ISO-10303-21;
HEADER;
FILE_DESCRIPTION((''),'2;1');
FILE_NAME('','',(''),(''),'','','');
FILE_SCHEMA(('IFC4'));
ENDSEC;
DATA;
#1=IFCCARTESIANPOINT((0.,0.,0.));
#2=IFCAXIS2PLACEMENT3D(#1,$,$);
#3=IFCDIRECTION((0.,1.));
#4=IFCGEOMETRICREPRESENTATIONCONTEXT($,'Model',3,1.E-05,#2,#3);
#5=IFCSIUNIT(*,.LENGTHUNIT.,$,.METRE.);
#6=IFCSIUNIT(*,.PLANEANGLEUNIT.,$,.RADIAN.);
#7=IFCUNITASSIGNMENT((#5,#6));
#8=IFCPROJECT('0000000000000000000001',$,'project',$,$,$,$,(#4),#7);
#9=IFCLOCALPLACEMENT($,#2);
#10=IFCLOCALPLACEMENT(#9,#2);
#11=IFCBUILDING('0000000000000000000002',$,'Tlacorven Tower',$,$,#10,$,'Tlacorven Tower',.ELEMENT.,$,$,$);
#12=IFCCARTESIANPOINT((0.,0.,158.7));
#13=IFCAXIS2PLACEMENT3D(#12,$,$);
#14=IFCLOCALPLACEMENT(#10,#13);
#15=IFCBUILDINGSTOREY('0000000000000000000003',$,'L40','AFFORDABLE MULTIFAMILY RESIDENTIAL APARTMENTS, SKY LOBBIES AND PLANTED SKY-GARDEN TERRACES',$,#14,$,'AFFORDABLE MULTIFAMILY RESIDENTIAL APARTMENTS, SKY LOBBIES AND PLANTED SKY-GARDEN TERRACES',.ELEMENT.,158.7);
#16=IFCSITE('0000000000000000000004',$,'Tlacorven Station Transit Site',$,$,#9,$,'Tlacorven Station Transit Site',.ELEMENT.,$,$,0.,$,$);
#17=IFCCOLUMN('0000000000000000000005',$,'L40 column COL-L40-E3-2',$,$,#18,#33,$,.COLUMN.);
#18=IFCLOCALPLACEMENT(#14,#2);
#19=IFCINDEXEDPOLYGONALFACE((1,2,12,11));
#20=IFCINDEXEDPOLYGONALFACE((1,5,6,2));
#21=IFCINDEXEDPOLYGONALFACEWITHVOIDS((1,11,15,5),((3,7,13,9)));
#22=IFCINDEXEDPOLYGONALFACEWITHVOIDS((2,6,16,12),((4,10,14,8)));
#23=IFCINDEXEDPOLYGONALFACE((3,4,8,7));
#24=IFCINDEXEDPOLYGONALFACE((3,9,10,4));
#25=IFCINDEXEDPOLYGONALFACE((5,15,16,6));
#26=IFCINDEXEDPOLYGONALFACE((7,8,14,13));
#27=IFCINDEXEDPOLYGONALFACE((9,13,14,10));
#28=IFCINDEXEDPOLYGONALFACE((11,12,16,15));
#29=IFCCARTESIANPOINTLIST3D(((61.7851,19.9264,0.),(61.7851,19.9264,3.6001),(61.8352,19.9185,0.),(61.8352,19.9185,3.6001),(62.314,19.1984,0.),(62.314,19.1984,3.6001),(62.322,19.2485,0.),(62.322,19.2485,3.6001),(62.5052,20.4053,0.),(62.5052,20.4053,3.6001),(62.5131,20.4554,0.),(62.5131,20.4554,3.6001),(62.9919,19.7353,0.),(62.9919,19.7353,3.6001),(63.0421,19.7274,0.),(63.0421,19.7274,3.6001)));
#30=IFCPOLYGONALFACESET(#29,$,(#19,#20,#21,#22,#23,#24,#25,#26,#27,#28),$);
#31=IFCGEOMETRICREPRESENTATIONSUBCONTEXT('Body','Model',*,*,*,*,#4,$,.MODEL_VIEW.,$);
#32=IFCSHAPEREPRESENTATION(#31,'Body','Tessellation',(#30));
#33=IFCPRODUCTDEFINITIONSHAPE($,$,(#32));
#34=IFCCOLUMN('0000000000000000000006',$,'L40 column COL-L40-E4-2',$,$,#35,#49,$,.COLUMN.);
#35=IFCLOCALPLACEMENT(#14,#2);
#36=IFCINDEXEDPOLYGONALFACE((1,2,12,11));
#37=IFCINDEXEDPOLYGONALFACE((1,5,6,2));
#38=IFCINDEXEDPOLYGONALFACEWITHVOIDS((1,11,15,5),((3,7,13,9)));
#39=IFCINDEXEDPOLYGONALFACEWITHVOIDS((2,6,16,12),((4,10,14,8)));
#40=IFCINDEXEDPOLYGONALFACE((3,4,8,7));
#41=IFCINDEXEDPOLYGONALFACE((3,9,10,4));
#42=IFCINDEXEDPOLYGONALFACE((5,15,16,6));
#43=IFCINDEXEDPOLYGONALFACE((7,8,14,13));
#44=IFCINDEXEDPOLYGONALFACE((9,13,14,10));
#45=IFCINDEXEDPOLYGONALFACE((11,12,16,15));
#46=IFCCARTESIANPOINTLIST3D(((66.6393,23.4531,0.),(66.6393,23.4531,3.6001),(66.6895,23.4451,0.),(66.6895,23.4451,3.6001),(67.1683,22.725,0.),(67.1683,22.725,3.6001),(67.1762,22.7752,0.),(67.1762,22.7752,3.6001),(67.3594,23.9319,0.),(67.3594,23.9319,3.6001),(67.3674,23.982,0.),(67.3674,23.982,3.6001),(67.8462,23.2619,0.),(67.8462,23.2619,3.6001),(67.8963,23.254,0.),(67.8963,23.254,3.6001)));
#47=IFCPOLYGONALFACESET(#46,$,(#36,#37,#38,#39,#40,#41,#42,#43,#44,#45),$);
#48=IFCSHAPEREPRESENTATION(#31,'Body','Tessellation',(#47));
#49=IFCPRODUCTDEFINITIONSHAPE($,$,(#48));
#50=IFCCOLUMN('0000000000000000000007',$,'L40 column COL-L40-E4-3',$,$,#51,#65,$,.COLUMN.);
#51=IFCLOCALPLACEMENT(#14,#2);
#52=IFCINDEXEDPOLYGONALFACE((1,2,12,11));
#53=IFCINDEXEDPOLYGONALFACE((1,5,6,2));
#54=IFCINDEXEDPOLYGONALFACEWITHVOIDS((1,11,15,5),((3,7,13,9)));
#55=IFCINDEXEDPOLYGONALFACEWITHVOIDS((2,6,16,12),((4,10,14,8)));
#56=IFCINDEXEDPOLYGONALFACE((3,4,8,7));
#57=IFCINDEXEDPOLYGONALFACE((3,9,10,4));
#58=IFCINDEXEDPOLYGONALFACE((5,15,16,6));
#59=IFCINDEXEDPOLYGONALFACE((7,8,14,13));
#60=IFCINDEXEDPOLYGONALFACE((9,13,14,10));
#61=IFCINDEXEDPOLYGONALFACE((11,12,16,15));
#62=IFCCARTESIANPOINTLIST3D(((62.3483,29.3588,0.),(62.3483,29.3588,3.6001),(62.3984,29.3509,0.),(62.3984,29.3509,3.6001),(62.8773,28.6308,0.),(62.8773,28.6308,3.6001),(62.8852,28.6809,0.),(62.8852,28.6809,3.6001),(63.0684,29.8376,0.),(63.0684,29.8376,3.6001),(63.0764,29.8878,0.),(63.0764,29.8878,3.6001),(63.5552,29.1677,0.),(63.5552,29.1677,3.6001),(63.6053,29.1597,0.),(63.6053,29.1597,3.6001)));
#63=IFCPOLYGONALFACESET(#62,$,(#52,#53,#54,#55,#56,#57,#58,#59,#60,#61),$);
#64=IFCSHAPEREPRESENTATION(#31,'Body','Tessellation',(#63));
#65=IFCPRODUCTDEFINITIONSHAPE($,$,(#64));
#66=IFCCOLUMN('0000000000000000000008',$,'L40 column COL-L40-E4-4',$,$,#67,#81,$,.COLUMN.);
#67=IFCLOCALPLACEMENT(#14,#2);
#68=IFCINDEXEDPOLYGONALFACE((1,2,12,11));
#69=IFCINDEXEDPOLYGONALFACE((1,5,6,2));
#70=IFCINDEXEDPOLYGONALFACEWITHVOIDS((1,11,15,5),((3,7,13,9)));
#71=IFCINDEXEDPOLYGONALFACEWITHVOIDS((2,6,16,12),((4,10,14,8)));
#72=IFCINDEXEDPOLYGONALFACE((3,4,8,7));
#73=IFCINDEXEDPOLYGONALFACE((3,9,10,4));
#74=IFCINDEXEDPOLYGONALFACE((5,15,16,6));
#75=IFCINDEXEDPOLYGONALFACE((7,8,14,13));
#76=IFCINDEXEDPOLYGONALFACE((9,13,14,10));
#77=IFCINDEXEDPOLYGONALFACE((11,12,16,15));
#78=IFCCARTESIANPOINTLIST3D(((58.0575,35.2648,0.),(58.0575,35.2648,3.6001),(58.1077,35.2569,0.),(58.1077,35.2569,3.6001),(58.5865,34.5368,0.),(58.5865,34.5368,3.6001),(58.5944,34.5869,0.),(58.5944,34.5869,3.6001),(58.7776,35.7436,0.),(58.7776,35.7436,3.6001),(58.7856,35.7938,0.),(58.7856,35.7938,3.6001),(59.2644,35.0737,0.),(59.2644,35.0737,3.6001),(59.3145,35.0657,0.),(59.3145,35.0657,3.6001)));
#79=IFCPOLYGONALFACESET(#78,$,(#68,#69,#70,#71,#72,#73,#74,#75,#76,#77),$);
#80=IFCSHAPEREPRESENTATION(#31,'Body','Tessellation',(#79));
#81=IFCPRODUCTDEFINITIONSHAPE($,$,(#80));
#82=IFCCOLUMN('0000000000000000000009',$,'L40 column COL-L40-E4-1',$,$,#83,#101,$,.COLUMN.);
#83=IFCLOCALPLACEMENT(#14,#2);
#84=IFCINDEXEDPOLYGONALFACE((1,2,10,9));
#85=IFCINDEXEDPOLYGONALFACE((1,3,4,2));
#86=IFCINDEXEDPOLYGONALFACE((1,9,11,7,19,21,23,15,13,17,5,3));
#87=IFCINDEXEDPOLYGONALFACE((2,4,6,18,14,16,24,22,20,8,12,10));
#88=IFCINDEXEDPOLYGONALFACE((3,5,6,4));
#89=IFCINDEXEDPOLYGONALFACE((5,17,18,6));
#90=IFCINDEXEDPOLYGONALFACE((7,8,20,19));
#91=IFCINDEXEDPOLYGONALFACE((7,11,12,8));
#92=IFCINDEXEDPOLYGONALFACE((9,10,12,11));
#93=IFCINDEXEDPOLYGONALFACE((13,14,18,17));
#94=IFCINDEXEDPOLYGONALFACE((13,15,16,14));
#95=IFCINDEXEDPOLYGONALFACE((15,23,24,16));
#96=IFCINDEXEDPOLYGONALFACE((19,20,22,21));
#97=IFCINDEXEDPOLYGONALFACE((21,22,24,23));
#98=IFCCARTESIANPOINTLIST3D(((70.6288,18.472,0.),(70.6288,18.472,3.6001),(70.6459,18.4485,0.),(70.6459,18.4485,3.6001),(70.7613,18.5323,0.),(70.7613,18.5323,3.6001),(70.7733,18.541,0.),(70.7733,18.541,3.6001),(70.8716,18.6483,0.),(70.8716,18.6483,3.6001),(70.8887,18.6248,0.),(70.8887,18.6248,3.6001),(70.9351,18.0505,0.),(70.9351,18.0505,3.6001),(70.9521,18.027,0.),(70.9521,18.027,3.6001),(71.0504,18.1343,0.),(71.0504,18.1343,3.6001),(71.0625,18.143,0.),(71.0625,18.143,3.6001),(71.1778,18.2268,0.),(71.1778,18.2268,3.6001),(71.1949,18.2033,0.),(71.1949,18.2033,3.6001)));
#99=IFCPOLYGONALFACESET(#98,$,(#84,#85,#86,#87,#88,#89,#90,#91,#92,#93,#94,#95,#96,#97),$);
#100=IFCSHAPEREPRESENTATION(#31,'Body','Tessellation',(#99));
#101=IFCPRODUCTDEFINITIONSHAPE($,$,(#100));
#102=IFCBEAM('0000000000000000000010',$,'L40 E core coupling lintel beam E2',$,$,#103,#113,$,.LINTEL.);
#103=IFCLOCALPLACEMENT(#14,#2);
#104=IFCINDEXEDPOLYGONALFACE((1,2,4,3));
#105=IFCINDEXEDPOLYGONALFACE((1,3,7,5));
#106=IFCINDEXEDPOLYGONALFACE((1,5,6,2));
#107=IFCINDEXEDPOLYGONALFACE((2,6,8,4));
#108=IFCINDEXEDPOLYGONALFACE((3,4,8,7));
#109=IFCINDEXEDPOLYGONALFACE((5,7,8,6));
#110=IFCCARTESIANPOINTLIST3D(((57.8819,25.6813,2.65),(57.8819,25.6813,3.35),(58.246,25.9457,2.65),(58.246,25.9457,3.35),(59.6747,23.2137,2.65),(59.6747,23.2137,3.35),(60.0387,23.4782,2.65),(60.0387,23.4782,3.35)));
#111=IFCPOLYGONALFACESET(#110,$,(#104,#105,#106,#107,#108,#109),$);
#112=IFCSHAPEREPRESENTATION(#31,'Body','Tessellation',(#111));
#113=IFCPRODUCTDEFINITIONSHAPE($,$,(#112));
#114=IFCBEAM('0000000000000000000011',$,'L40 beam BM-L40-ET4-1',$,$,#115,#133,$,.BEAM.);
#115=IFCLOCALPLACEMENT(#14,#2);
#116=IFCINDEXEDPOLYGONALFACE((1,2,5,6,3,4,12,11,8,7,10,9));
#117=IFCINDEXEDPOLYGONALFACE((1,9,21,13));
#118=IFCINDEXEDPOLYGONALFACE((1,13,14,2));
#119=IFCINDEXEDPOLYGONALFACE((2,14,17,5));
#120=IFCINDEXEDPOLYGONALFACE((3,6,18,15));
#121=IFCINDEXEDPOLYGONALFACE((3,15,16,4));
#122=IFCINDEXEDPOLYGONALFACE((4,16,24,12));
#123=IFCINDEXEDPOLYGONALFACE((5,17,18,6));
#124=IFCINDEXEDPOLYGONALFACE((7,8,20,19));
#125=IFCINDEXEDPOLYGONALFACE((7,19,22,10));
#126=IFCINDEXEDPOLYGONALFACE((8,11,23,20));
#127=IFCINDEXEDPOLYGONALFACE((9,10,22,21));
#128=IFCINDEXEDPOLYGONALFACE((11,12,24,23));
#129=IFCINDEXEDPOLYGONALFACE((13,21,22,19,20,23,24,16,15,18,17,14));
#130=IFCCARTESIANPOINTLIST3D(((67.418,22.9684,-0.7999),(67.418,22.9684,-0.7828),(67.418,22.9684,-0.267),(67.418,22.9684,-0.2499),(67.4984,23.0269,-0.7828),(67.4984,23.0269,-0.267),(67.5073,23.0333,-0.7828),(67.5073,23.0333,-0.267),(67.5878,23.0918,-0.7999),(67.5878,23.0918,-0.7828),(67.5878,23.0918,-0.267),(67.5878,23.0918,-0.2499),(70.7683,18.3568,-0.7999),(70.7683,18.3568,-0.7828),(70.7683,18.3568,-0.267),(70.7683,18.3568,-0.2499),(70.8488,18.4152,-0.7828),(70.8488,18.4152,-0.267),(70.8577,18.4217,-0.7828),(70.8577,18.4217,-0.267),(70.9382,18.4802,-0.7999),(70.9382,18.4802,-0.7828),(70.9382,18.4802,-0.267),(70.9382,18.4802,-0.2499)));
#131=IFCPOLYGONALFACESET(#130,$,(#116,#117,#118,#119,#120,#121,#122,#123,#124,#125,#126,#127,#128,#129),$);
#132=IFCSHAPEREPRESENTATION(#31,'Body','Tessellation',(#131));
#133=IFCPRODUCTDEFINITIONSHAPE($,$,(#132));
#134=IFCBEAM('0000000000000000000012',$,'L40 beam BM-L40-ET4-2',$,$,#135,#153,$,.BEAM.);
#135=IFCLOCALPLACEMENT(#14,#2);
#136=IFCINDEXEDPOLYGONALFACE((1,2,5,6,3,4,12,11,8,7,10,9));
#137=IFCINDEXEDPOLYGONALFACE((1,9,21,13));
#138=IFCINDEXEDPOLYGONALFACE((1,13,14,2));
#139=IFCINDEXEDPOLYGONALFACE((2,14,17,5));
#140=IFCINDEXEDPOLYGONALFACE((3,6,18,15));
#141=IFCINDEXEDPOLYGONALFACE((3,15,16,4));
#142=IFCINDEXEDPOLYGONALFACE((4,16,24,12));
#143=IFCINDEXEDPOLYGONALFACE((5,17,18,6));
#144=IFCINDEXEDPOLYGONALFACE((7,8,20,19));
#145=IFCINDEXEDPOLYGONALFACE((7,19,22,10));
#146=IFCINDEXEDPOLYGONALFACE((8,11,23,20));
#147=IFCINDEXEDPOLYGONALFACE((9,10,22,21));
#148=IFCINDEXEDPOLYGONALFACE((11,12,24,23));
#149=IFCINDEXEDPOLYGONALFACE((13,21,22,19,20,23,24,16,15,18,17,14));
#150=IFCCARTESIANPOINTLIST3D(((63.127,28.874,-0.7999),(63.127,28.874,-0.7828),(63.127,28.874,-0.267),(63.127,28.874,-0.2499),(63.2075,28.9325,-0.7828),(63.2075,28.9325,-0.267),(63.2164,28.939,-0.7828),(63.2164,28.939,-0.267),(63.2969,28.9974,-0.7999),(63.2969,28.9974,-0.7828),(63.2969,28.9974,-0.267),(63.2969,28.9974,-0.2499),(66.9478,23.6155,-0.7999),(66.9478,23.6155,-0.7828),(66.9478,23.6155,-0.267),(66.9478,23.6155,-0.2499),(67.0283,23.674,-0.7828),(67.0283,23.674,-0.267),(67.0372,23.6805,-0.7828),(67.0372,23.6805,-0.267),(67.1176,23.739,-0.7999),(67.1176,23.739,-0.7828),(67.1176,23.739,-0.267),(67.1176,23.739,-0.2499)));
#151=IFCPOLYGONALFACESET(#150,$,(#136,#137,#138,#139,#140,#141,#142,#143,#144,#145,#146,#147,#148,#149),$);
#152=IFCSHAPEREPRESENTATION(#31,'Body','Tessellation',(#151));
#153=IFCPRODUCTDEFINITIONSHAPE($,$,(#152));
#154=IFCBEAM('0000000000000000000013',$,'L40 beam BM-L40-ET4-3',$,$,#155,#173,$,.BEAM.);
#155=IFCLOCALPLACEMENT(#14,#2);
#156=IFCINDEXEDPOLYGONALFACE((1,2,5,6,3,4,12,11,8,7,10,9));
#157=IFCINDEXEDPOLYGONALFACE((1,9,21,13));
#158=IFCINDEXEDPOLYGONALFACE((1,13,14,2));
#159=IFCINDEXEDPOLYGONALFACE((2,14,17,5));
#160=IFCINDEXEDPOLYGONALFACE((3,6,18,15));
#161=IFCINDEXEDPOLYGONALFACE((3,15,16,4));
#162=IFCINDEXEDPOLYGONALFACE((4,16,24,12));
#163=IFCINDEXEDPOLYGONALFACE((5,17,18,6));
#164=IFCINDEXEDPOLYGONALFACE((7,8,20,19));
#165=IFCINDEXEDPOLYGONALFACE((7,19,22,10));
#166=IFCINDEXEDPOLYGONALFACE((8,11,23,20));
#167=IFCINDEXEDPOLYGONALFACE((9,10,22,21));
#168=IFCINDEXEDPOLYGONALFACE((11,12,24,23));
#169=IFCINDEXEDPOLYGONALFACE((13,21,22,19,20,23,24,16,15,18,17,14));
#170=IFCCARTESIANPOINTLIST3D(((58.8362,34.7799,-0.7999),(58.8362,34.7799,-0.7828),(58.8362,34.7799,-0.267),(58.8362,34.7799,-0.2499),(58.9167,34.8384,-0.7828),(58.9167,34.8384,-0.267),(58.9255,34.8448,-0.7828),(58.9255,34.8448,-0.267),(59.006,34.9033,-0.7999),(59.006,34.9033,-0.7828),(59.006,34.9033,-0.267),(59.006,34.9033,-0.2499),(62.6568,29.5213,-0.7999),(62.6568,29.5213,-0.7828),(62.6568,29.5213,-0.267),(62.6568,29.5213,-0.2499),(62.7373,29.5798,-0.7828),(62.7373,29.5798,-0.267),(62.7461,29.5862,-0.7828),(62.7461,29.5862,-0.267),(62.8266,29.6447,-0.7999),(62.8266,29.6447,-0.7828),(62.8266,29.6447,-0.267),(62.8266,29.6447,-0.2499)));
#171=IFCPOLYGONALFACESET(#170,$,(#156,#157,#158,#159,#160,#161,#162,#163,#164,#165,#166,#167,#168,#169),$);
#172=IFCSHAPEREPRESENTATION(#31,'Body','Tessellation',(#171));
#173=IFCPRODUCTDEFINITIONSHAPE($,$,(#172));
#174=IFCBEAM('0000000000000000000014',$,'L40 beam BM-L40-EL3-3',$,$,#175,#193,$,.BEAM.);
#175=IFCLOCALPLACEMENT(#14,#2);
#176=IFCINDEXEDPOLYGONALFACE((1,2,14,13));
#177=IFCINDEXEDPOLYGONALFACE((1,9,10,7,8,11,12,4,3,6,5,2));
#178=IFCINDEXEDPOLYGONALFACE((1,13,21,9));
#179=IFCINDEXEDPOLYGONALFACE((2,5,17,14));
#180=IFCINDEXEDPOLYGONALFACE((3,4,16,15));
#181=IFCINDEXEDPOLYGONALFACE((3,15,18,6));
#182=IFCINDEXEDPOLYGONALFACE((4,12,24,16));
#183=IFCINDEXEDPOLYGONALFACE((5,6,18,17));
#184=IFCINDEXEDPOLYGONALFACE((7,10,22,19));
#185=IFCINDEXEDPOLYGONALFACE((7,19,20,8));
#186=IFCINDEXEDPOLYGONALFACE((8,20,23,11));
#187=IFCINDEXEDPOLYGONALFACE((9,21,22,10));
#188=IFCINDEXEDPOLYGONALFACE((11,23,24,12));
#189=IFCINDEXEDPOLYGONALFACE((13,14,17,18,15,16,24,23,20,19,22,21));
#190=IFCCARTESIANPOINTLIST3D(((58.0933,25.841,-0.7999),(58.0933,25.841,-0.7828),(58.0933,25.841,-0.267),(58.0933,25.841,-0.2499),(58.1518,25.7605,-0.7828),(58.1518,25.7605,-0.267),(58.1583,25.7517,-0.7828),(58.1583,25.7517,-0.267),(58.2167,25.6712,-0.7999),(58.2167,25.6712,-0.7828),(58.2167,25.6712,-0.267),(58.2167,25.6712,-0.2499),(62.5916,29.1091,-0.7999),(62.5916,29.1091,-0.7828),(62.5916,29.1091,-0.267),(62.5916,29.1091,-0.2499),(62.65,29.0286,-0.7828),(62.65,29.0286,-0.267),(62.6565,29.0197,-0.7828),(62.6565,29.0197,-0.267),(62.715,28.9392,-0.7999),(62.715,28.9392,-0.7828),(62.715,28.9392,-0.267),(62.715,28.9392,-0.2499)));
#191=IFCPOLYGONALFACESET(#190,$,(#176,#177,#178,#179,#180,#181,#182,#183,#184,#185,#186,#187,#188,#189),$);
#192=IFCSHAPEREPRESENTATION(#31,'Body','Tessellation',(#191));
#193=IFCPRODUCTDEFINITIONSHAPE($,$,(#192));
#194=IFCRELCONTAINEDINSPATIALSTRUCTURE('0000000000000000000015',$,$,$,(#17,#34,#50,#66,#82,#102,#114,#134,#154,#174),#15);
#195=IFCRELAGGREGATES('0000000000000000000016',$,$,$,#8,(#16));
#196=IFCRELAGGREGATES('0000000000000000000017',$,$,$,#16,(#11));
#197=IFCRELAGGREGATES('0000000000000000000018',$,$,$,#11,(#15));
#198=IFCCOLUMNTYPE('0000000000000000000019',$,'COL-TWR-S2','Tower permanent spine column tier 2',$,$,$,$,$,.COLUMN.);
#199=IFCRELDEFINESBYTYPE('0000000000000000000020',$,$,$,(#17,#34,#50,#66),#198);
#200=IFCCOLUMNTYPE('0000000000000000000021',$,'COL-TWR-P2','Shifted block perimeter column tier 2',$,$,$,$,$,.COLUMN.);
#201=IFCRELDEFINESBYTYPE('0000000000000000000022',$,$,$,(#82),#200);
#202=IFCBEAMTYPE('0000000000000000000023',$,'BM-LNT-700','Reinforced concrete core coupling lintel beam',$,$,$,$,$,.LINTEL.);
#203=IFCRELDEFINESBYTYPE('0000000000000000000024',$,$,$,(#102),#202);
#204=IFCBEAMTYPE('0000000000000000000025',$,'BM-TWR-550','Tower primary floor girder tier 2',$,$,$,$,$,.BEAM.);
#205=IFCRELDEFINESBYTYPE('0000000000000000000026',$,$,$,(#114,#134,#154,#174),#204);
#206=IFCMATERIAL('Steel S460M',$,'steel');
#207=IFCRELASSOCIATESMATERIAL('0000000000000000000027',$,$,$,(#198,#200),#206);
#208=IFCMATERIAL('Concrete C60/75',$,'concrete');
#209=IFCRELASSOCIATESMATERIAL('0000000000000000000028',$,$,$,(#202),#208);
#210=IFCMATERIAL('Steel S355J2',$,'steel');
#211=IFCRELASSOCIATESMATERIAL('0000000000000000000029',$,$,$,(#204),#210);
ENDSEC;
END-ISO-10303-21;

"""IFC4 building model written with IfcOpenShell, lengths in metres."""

from ifc_helpers import new_model, si_unit, direction, frame, origin, origin_2d, place, context, subcontext, project, spatial, rectangle, hollow_rectangle, i_section, extrude, source, transform, mapped, material, material_profile, profile_set, type_object, element, save


model = new_model("IFC4")

# Units and contexts
model_context = context("Model", 3, precision=1e-05, world=origin(), true_north=direction((0.0, 1.0)))
body_context = subcontext(model_context, "Body", "Model", "MODEL_VIEW")
ifc_project = project(units=[si_unit("LENGTHUNIT", "METRE"), si_unit("PLANEANGLEUNIT", "RADIAN")], contexts=[model_context])

# Site, building, storey
site_placement = place(None, origin())
site = spatial("IfcSite", under=ifc_project, at=site_placement, Name="Tlacorven Station Transit Site", LongName="Tlacorven Station Transit Site", CompositionType="ELEMENT", RefElevation=0.0)
building_placement = place(site_placement, origin())
building = spatial("IfcBuilding", under=site, at=building_placement, Name="Tlacorven Tower", LongName="Tlacorven Tower", CompositionType="ELEMENT")
storey_placement = place(building_placement, frame((0.0, 0.0, 158.7)))
storey = spatial("IfcBuildingStorey", under=building, at=storey_placement, Name="L40", Description="AFFORDABLE MULTIFAMILY RESIDENTIAL APARTMENTS, SKY LOBBIES AND PLANTED SKY-GARDEN TERRACES", LongName="AFFORDABLE MULTIFAMILY RESIDENTIAL APARTMENTS, SKY LOBBIES AND PLANTED SKY-GARDEN TERRACES", CompositionType="ELEMENT", Elevation=158.7)

# Columns
ifc_material_1 = material(Name="Steel S460M", Category="steel")
ifc_material_profile_1 = material_profile(ifc_material_1, hollow_rectangle(XDim=0.8999, YDim=0.8999, WallThickness=0.0359, at=origin_2d()), Name="BOX 900X900X36")
ifc_profile_set_1 = profile_set([ifc_material_profile_1], Name="Steel S460M")
column_type_1 = type_object("IfcColumnType", Name="COL-TWR-S2", Description="Tower permanent spine column tier 2", PredefinedType="COLUMN", material=ifc_profile_set_1)
shared_shape_1 = source(origin(), body_context, "Body", "SweptSolid", [
    extrude(hollow_rectangle(XDim=0.8999, YDim=0.8999, WallThickness=0.0359, at=origin_2d()), origin(), (0.0, 0.0, 1.0), 3.6001),
])
for number, where, z_axis, x_axis, name in (
    (1, (62.4136, 19.8269, 0.0), (0.0, 0.0, 1.0), (0.809017, 0.587785, 0.0), "L40 column COL-L40-E3-2"),
    (2, (67.2678, 23.3535, 0.0), (0.0, 0.0, 1.0), (0.809017, 0.587785, 0.0), "L40 column COL-L40-E4-2"),
    (3, (62.9768, 29.2593, 0.0), (0.0, 0.0, 1.0), (0.809017, 0.587785, 0.0), "L40 column COL-L40-E4-3"),
    (4, (58.686, 35.1653, 0.0), (0.0, 0.0, 1.0), (0.809017, 0.587785, 0.0), "L40 column COL-L40-E4-4"),
):
    element("IfcColumn", number, at=place(storey_placement, frame(where, z_axis=z_axis, x_axis=x_axis)), inside=storey, type_object=column_type_1, Name=name, PredefinedType="COLUMN", context=body_context, shape_type="MappedRepresentation", body=[
        mapped(shared_shape_1, transform((0.0, 0.0, 0.0), scale=1.0)),
    ])
ifc_material_profile_2 = material_profile(ifc_material_1, i_section(OverallWidth=0.3, OverallDepth=0.55, WebThickness=0.0149, FlangeThickness=0.0291, at=origin_2d()), Name="HEB 550")
ifc_profile_set_2 = profile_set([ifc_material_profile_2], Name="Steel S460M")
column_type_2 = type_object("IfcColumnType", Name="COL-TWR-P2", Description="Shifted block perimeter column tier 2", PredefinedType="COLUMN", material=ifc_profile_set_2)
shared_shape_2 = source(origin(), body_context, "Body", "SweptSolid", [
    extrude(i_section(OverallWidth=0.3, OverallDepth=0.55, WebThickness=0.0149, FlangeThickness=0.0291, at=origin_2d()), origin(), (0.0, 0.0, 1.0), 3.6001),
])
column_placement = place(storey_placement, frame((70.9119, 18.3376, 0.0), z_axis=(0.0, 0.0, 1.0), x_axis=(0.809017, 0.587785, 0.0)))
element("IfcColumn", 5, at=column_placement, inside=storey, type_object=column_type_2, Name="L40 column COL-L40-E4-1", PredefinedType="COLUMN", context=body_context, shape_type="MappedRepresentation", body=[
    mapped(shared_shape_2, transform((0.0, 0.0, 0.0), scale=1.0)),
])

# Beams
ifc_material_2 = material(Name="Concrete C60/75", Category="concrete")
ifc_material_profile_3 = material_profile(ifc_material_2, rectangle(XDim=0.45, YDim=0.7, at=origin_2d()), Name="RC 450X700")
ifc_profile_set_3 = profile_set([ifc_material_profile_3], Name="Concrete C60/75")
beam_type_1 = type_object("IfcBeamType", Name="BM-LNT-700", Description="Reinforced concrete core coupling lintel beam", PredefinedType="LINTEL", material=ifc_profile_set_3)
shared_shape_3 = source(origin(), body_context, "Body", "SweptSolid", [
    extrude(rectangle(XDim=0.45, YDim=0.7, at=origin_2d()), origin(), (0.0, 0.0, 1.0), 3.05),
])
beam_1_placement = place(storey_placement, frame((59.8567, 23.3459, 3.0), z_axis=(-0.587777, 0.809023, 0.0), x_axis=(-0.809023, -0.587777, 0.0)))
element("IfcBeam", 6, at=beam_1_placement, inside=storey, type_object=beam_type_1, Name="L40 E core coupling lintel beam E2", PredefinedType="LINTEL", context=body_context, shape_type="MappedRepresentation", body=[
    mapped(shared_shape_3, transform((0.0, 0.0, 0.0), scale=1.0)),
])
ifc_material_3 = material(Name="Steel S355J2", Category="steel")
ifc_material_profile_4 = material_profile(ifc_material_3, i_section(OverallWidth=0.21, OverallDepth=0.55, WebThickness=0.011, FlangeThickness=0.0171, at=origin_2d()), Name="IPE 550")
ifc_profile_set_4 = profile_set([ifc_material_profile_4], Name="Steel S355J2")
beam_type_2 = type_object("IfcBeamType", Name="BM-TWR-550", Description="Tower primary floor girder tier 2", PredefinedType="BEAM", material=ifc_profile_set_4)
shared_shape_4 = source(origin(), body_context, "Body", "SweptSolid", [
    extrude(i_section(OverallWidth=0.21, OverallDepth=0.55, WebThickness=0.011, FlangeThickness=0.0171, at=origin_2d()), origin(), (0.0, 0.0, 1.0), 5.7002),
])
beam_2_placement = place(storey_placement, frame((70.8533, 18.4185, -0.5249), z_axis=(-0.587767, 0.80903, 0.0), x_axis=(-0.80903, -0.587767, 0.0)))
element("IfcBeam", 7, at=beam_2_placement, inside=storey, type_object=beam_type_2, Name="L40 beam BM-L40-ET4-1", PredefinedType="BEAM", context=body_context, shape_type="MappedRepresentation", body=[
    mapped(shared_shape_4, transform((0.0, 0.0, 0.0), scale=1.0)),
])
shared_shape_5 = source(origin(), body_context, "Body", "SweptSolid", [
    extrude(i_section(OverallWidth=0.21, OverallDepth=0.55, WebThickness=0.011, FlangeThickness=0.0171, at=origin_2d()), origin(), (0.0, 0.0, 1.0), 6.5),
])
for number, where, z_axis, x_axis, name in (
    (8, (67.0327, 23.6772, -0.5249), (-0.58781, 0.808999, 0.0), (-0.808999, -0.58781, 0.0), "L40 beam BM-L40-ET4-2"),
    (9, (62.7417, 29.583, -0.5249), (-0.587785, 0.809017, 0.0), (-0.809017, -0.587785, 0.0), "L40 beam BM-L40-ET4-3"),
):
    element("IfcBeam", number, at=place(storey_placement, frame(where, z_axis=z_axis, x_axis=x_axis)), inside=storey, type_object=beam_type_2, Name=name, PredefinedType="BEAM", context=body_context, shape_type="MappedRepresentation", body=[
        mapped(shared_shape_5, transform((0.0, 0.0, 0.0), scale=1.0)),
    ])
shared_shape_6 = source(origin(), body_context, "Body", "SweptSolid", [
    extrude(i_section(OverallWidth=0.21, OverallDepth=0.55, WebThickness=0.011, FlangeThickness=0.0171, at=origin_2d()), origin(), (0.0, 0.0, 1.0), 5.5601),
])
beam_3_placement = place(storey_placement, frame((58.155, 25.7561, -0.5249), z_axis=(0.809028, 0.58777, 0.0), x_axis=(-0.58777, 0.809028, 0.0)))
element("IfcBeam", 10, at=beam_3_placement, inside=storey, type_object=beam_type_2, Name="L40 beam BM-L40-EL3-3", PredefinedType="BEAM", context=body_context, shape_type="MappedRepresentation", body=[
    mapped(shared_shape_6, transform((0.0, 0.0, 0.0), scale=1.0)),
])

save(model, "model.ifc")
